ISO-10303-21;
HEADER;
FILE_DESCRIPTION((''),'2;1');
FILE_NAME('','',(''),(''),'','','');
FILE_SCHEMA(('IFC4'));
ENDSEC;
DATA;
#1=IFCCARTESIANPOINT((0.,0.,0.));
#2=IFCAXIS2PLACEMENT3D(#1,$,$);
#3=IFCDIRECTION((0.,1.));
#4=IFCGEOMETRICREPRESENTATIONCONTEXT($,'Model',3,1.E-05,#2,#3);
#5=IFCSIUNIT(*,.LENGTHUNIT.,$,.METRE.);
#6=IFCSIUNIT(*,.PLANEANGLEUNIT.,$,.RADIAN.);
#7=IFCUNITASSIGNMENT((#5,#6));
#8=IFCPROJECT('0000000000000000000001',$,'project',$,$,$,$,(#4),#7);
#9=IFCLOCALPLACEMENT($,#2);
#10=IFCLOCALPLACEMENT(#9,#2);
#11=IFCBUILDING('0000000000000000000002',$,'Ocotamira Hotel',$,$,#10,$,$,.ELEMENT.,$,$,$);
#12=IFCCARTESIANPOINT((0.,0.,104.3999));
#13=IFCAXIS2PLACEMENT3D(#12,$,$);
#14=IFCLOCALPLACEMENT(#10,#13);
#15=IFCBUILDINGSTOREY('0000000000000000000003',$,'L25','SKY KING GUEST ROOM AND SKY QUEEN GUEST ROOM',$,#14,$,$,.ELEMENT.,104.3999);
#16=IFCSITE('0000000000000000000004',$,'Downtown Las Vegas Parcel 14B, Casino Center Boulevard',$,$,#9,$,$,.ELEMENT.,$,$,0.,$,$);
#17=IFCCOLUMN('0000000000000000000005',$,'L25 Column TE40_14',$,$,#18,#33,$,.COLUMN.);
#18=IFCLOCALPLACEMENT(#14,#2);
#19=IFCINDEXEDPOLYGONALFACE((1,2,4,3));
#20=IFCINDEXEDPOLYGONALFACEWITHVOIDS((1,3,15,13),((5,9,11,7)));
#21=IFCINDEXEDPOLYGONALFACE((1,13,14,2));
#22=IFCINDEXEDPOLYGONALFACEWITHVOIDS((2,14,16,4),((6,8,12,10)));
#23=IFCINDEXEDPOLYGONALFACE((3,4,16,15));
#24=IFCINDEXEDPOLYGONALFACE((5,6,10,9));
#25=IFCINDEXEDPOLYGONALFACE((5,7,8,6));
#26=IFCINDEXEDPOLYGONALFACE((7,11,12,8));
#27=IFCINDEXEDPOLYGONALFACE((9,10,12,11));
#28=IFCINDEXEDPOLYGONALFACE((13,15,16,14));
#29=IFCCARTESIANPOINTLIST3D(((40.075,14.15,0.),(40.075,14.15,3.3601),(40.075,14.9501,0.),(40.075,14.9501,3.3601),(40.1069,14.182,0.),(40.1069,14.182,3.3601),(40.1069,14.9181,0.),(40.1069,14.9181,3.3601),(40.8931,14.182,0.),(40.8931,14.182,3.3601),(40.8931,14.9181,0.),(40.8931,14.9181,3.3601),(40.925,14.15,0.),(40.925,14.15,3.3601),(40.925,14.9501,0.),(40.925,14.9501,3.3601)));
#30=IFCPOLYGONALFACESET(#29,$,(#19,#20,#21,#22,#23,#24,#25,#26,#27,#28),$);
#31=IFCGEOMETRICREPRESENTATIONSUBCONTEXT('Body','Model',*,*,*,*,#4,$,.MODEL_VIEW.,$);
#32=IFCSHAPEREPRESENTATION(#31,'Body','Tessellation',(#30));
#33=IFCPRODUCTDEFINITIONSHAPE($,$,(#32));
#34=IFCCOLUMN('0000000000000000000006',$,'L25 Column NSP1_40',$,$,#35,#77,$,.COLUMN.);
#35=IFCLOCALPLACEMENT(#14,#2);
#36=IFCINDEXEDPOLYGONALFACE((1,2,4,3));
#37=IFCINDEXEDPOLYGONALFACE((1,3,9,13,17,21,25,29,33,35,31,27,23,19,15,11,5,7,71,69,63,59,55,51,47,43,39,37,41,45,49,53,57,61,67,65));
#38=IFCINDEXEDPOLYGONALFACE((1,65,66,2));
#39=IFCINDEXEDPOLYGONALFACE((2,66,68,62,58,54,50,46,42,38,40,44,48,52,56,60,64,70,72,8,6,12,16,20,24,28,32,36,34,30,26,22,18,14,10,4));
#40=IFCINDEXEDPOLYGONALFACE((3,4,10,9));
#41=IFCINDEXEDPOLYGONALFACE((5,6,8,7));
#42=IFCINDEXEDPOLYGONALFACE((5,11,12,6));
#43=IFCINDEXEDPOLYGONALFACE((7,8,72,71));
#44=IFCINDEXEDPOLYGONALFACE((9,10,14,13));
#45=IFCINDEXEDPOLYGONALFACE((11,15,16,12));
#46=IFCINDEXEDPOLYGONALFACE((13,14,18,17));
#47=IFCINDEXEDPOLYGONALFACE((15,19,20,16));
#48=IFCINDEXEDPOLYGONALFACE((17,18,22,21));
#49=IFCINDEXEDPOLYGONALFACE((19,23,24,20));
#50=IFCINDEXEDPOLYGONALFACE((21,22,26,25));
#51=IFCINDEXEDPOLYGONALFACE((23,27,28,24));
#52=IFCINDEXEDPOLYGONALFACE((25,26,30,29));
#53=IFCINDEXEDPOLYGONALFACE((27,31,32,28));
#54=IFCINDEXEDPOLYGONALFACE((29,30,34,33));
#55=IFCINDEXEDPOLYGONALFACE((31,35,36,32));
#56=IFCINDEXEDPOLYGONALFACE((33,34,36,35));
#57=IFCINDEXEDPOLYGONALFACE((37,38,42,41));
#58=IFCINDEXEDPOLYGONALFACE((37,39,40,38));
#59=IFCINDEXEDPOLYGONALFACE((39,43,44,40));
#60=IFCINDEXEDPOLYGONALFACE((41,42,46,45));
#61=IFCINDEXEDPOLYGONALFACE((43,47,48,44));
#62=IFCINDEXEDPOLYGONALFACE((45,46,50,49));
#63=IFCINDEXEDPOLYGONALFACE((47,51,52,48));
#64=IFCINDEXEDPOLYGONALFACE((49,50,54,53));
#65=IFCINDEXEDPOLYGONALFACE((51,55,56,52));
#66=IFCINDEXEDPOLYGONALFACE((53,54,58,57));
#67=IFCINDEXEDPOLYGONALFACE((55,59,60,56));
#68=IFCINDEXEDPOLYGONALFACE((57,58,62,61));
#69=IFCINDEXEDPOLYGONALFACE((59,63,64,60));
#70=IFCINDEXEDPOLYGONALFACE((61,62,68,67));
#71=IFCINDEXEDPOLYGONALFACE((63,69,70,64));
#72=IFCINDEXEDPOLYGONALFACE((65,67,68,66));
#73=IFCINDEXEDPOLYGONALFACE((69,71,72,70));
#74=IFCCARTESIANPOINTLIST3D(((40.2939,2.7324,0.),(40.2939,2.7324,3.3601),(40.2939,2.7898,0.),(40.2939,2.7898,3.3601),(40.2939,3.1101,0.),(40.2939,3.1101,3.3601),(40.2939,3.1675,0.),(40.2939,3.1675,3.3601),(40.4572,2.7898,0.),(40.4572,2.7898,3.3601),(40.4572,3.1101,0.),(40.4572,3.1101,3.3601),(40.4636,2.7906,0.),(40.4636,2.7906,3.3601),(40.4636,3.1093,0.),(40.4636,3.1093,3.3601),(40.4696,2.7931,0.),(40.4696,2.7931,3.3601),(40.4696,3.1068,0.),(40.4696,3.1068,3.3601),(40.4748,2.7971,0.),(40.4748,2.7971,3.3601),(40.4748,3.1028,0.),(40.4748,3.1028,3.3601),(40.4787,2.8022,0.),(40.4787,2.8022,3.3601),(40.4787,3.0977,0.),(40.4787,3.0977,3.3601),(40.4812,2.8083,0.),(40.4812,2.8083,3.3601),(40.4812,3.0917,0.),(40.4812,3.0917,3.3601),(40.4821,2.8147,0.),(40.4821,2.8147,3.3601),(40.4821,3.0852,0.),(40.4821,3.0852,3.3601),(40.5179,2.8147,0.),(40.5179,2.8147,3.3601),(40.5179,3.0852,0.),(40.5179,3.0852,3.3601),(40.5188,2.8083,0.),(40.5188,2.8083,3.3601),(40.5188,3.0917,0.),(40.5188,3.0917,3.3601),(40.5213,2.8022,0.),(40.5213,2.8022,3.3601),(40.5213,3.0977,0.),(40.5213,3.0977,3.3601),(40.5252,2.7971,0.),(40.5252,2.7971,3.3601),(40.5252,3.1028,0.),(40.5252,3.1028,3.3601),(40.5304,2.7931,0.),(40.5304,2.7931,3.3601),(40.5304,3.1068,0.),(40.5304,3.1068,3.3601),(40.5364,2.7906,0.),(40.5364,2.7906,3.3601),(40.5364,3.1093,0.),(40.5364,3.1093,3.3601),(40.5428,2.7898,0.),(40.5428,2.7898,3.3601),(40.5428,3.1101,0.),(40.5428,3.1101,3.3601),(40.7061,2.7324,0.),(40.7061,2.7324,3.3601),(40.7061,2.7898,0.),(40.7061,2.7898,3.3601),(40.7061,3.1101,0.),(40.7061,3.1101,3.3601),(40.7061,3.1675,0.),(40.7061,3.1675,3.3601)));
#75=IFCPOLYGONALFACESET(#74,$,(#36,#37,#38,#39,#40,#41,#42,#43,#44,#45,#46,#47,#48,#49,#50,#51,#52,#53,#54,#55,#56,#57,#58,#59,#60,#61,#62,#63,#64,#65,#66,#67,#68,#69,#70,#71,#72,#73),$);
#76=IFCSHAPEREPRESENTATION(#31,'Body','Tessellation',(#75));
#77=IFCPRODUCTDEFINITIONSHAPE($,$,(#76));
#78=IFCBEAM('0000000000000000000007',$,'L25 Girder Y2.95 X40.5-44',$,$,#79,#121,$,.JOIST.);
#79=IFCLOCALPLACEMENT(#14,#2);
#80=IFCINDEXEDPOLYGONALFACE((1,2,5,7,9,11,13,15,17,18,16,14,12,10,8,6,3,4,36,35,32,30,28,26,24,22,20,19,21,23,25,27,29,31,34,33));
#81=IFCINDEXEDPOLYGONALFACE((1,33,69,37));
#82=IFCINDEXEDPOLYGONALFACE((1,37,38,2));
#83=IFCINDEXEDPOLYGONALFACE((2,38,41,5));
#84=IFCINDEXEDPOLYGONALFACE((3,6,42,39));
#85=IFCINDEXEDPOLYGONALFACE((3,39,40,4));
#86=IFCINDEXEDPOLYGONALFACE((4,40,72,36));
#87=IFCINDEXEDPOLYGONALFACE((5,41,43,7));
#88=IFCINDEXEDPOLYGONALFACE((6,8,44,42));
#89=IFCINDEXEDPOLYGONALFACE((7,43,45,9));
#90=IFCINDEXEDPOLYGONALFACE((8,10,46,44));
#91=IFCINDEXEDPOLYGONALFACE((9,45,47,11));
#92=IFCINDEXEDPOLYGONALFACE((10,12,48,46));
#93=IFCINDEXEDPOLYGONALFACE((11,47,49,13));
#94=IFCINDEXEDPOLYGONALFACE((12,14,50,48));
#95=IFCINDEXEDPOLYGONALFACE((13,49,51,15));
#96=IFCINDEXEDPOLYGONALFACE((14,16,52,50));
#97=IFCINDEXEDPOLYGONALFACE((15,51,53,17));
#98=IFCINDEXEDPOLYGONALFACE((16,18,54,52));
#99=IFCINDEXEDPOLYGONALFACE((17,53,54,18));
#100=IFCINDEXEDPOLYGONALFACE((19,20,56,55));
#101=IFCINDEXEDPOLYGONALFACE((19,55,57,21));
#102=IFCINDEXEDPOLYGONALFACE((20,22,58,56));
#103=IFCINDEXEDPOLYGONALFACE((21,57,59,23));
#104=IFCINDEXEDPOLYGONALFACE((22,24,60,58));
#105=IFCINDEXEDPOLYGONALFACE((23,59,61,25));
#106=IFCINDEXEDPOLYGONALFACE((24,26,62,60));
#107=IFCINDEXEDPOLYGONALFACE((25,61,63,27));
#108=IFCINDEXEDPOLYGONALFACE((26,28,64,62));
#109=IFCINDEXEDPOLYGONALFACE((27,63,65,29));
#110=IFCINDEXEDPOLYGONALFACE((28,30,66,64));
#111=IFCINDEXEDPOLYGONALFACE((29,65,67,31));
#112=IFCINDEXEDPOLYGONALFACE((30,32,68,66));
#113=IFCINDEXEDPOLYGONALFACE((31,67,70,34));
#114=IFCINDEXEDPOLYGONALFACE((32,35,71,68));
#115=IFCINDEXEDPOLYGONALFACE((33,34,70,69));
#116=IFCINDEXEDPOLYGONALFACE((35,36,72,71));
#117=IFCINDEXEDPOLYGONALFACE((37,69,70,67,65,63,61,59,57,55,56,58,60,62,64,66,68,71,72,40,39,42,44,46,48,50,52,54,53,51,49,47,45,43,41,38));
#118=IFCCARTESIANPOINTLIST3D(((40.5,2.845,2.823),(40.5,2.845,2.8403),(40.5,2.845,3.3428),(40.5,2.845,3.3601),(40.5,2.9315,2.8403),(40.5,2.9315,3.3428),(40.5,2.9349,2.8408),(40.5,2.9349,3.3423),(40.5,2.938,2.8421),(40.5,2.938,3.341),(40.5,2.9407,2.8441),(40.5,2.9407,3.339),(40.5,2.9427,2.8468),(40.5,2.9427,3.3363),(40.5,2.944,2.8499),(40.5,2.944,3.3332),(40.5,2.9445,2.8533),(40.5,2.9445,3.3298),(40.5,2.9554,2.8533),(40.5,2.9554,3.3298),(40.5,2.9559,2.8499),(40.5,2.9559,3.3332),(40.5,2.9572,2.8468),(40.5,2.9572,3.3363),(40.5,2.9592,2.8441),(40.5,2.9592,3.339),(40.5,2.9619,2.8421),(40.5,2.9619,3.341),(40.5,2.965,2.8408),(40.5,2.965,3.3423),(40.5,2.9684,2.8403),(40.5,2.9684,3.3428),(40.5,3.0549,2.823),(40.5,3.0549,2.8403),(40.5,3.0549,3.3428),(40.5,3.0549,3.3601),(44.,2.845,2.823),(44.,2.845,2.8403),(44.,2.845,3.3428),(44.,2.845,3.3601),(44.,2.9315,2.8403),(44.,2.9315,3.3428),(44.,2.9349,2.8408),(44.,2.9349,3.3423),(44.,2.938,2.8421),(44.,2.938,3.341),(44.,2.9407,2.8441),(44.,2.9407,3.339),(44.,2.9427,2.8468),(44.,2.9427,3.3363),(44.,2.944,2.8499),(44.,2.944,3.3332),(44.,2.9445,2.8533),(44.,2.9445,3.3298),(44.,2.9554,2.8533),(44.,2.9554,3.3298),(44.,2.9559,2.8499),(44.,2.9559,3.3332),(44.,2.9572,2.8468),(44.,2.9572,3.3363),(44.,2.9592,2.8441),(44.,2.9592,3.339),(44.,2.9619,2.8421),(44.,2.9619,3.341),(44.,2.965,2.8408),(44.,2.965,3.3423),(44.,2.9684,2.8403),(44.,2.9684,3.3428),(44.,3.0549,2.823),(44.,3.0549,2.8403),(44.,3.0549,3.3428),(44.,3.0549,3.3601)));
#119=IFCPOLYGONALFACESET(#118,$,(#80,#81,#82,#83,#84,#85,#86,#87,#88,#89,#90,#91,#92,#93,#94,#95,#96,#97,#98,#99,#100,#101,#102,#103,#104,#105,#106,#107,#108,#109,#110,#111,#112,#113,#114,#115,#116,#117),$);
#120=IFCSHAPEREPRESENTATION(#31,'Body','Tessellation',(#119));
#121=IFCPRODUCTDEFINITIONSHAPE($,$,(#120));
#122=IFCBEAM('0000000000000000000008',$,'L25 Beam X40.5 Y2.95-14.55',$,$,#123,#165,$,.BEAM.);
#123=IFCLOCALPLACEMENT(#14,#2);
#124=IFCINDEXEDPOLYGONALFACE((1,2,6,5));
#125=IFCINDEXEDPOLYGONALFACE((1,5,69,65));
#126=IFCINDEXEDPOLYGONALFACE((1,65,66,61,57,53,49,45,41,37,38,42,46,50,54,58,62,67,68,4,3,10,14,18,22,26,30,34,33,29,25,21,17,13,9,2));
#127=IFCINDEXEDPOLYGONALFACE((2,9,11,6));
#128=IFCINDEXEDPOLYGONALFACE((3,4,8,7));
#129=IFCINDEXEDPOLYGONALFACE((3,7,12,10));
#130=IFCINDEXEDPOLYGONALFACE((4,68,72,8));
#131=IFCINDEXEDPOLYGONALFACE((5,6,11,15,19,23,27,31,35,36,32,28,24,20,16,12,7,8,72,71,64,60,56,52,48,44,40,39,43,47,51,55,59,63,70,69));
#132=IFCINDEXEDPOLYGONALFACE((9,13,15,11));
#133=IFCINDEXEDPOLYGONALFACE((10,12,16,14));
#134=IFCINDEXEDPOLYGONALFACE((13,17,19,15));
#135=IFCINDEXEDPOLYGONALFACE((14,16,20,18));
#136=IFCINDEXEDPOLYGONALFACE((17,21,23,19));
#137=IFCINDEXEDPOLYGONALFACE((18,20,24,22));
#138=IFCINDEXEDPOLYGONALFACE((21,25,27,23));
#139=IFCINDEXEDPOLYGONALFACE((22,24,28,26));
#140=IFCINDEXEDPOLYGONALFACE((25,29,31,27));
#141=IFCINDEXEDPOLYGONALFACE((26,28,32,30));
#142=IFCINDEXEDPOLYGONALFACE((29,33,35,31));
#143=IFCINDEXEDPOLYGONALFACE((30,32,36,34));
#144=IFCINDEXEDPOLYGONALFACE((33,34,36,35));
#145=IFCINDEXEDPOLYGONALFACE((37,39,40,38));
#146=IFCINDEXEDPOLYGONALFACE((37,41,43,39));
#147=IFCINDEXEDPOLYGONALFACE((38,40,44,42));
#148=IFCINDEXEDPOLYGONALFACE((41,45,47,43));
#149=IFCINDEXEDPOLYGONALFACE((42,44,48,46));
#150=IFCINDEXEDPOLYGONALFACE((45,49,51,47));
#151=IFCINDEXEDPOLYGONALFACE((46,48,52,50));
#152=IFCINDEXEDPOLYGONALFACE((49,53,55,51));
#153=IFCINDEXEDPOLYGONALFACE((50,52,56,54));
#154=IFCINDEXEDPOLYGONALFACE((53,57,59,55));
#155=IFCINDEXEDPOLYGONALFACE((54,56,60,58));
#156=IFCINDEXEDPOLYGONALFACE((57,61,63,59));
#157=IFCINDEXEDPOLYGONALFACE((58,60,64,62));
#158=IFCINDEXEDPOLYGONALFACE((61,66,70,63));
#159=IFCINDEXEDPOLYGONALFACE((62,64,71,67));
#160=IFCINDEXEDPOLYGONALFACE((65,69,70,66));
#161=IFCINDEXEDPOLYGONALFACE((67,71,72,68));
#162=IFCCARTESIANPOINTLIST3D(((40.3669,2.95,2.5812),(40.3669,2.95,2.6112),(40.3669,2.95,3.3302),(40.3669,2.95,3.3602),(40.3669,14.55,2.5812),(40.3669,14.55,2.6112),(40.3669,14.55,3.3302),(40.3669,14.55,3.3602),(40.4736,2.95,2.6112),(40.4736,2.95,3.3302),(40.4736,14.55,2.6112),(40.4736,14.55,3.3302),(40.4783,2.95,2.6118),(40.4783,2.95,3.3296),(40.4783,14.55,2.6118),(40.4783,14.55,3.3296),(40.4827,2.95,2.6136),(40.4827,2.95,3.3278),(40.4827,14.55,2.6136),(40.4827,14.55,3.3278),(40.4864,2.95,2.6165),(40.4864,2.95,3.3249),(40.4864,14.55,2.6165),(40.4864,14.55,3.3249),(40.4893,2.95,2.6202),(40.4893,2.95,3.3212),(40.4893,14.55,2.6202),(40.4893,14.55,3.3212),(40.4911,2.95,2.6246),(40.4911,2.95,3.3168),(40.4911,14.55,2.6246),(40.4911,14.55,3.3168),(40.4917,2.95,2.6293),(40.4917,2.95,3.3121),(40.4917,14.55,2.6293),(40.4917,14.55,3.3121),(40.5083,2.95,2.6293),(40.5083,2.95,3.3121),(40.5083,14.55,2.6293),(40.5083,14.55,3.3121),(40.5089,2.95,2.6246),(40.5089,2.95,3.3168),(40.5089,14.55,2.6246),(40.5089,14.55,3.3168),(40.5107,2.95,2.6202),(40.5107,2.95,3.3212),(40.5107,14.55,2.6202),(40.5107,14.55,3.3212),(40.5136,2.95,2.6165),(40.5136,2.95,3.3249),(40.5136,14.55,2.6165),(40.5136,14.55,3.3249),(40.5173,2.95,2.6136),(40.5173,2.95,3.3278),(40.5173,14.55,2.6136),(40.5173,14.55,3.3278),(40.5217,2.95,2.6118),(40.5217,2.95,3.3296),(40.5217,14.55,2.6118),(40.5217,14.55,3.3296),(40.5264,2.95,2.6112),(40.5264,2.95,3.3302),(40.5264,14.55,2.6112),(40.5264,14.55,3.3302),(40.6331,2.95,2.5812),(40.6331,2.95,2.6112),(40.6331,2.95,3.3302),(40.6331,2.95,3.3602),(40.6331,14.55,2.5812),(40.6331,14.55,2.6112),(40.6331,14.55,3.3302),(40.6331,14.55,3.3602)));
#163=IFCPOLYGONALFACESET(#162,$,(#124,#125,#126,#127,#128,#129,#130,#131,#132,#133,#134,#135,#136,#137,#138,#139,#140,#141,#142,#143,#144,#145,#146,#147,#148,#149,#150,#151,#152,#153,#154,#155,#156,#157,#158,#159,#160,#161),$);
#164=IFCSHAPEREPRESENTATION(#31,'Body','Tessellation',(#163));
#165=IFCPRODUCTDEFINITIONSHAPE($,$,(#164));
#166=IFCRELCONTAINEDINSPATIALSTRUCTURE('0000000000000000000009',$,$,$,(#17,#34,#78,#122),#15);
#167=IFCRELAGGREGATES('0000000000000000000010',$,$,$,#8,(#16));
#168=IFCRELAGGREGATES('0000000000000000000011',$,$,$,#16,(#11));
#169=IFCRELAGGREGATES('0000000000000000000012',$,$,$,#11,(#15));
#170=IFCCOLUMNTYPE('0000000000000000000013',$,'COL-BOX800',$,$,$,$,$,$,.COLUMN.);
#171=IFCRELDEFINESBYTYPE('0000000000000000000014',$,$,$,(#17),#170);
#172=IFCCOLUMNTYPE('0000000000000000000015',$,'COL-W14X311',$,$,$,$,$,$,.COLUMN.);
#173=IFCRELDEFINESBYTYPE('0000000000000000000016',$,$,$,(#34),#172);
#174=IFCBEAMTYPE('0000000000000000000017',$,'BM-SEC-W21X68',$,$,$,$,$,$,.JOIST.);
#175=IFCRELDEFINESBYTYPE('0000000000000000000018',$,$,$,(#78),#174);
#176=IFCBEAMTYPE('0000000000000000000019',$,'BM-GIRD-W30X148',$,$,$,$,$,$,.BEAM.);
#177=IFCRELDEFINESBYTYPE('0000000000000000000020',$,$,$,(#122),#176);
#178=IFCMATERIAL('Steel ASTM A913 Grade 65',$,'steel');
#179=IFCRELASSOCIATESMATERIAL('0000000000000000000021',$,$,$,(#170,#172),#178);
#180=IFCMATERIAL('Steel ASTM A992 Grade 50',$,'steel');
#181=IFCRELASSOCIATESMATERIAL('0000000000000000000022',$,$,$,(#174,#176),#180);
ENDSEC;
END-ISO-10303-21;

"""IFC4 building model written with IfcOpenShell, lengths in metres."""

from ifc_helpers import new_model, si_unit, direction, frame, origin, origin_2d, place, context, subcontext, project, spatial, hollow_rectangle, i_section, extrude, source, transform, mapped, material, material_profile, profile_set, type_object, element, save


model = new_model("IFC4")

# Units and contexts
model_context = context("Model", 3, precision=1e-05, world=origin(), true_north=direction((0.0, 1.0)))
body_context = subcontext(model_context, "Body", "Model", "MODEL_VIEW")
ifc_project = project(units=[si_unit("LENGTHUNIT", "METRE"), si_unit("PLANEANGLEUNIT", "RADIAN")], contexts=[model_context])

# Site, building, storey
site_placement = place(None, origin())
site = spatial("IfcSite", under=ifc_project, at=site_placement, Name="Downtown Las Vegas Parcel 14B, Casino Center Boulevard", CompositionType="ELEMENT", RefElevation=0.0)
building_placement = place(site_placement, origin())
building = spatial("IfcBuilding", under=site, at=building_placement, Name="Ocotamira Hotel", CompositionType="ELEMENT")
storey_placement = place(building_placement, frame((0.0, 0.0, 104.3999)))
storey = spatial("IfcBuildingStorey", under=building, at=storey_placement, Name="L25", Description="SKY KING GUEST ROOM AND SKY QUEEN GUEST ROOM", CompositionType="ELEMENT", Elevation=104.3999)

# Columns
ifc_material_1 = material(Name="Steel ASTM A913 Grade 65", Category="steel")
ifc_material_profile_1 = material_profile(ifc_material_1, hollow_rectangle(XDim=0.8501, YDim=0.8, WallThickness=0.032, at=origin_2d()), Name="BOX800X850X32")
ifc_profile_set_1 = profile_set([ifc_material_profile_1], Name="Steel ASTM A913 Grade 65")
column_type_1 = type_object("IfcColumnType", Name="COL-BOX800", PredefinedType="COLUMN", material=ifc_profile_set_1)
shared_shape_1 = source(origin(), body_context, "Body", "SweptSolid", [
    extrude(hollow_rectangle(XDim=0.8501, YDim=0.8, WallThickness=0.032, at=origin_2d()), origin(), (0.0, 0.0, 1.0), 3.3601),
])
column_1_placement = place(storey_placement, frame((40.5, 14.55, 0.0), z_axis=(0.0, 0.0, 1.0), x_axis=(1.0, 0.0, 0.0)))
element("IfcColumn", 1, at=column_1_placement, inside=storey, type_object=column_type_1, Name="L25 Column TE40_14", PredefinedType="COLUMN", context=body_context, shape_type="MappedRepresentation", body=[
    mapped(shared_shape_1, transform((0.0, 0.0, 0.0), scale=1.0)),
])
ifc_material_profile_2 = material_profile(ifc_material_1, i_section(OverallWidth=0.4121, OverallDepth=0.4351, WebThickness=0.0359, FlangeThickness=0.0574, FilletRadius=0.0249, at=origin_2d()), Name="W14X311")
ifc_profile_set_2 = profile_set([ifc_material_profile_2], Name="Steel ASTM A913 Grade 65")
column_type_2 = type_object("IfcColumnType", Name="COL-W14X311", PredefinedType="COLUMN", material=ifc_profile_set_2)
shared_shape_2 = source(origin(), body_context, "Body", "SweptSolid", [
    extrude(i_section(OverallWidth=0.4121, OverallDepth=0.4351, WebThickness=0.0359, FlangeThickness=0.0574, FilletRadius=0.0249, at=origin_2d()), origin(), (0.0, 0.0, 1.0), 3.3601),
])
column_2_placement = place(storey_placement, frame((40.5, 2.95, 0.0), z_axis=(0.0, 0.0, 1.0), x_axis=(1.0, 0.0, 0.0)))
element("IfcColumn", 2, at=column_2_placement, inside=storey, type_object=column_type_2, Name="L25 Column NSP1_40", PredefinedType="COLUMN", context=body_context, shape_type="MappedRepresentation", body=[
    mapped(shared_shape_2, transform((0.0, 0.0, 0.0), scale=1.0)),
])

# Beams
ifc_material_2 = material(Name="Steel ASTM A992 Grade 50", Category="steel")
ifc_material_profile_3 = material_profile(ifc_material_2, i_section(OverallWidth=0.21, OverallDepth=0.5371, WebThickness=0.011, FlangeThickness=0.0173, FilletRadius=0.0129, at=origin_2d()), Name="W21X68")
ifc_profile_set_3 = profile_set([ifc_material_profile_3], Name="Steel ASTM A992 Grade 50")
beam_type_1 = type_object("IfcBeamType", Name="BM-SEC-W21X68", PredefinedType="JOIST", material=ifc_profile_set_3)
shared_shape_3 = source(origin(), body_context, "Body", "SweptSolid", [
    extrude(i_section(OverallWidth=0.21, OverallDepth=0.5371, WebThickness=0.011, FlangeThickness=0.0173, FilletRadius=0.0129, at=origin_2d()), origin(), (0.0, 0.0, 1.0), 3.5),
])
beam_1_placement = place(storey_placement, frame((40.5, 2.95, 3.0916), z_axis=(1.0, 0.0, 0.0), x_axis=(0.0, 1.0, 0.0)))
element("IfcBeam", 3, at=beam_1_placement, inside=storey, type_object=beam_type_1, Name="L25 Girder Y2.95 X40.5-44", PredefinedType="JOIST", context=body_context, shape_type="MappedRepresentation", body=[
    mapped(shared_shape_3, transform((0.0, 0.0, 0.0), scale=1.0)),
])
ifc_material_profile_4 = material_profile(ifc_material_2, i_section(OverallWidth=0.2661, OverallDepth=0.7791, WebThickness=0.0166, FlangeThickness=0.03, FilletRadius=0.0181, at=origin_2d()), Name="W30X148")
ifc_profile_set_4 = profile_set([ifc_material_profile_4], Name="Steel ASTM A992 Grade 50")
beam_type_2 = type_object("IfcBeamType", Name="BM-GIRD-W30X148", PredefinedType="BEAM", material=ifc_profile_set_4)
shared_shape_4 = source(origin(), body_context, "Body", "SweptSolid", [
    extrude(i_section(OverallWidth=0.2661, OverallDepth=0.7791, WebThickness=0.0166, FlangeThickness=0.03, FilletRadius=0.0181, at=origin_2d()), origin(), (0.0, 0.0, 1.0), 11.6001),
])
beam_2_placement = place(storey_placement, frame((40.5, 2.95, 2.9707), z_axis=(0.0, 1.0, 0.0), x_axis=(-1.0, 0.0, 0.0)))
element("IfcBeam", 4, at=beam_2_placement, inside=storey, type_object=beam_type_2, Name="L25 Beam X40.5 Y2.95-14.55", PredefinedType="BEAM", context=body_context, shape_type="MappedRepresentation", body=[
    mapped(shared_shape_4, transform((0.0, 0.0, 0.0), scale=1.0)),
])

save(model, "model.ifc")
